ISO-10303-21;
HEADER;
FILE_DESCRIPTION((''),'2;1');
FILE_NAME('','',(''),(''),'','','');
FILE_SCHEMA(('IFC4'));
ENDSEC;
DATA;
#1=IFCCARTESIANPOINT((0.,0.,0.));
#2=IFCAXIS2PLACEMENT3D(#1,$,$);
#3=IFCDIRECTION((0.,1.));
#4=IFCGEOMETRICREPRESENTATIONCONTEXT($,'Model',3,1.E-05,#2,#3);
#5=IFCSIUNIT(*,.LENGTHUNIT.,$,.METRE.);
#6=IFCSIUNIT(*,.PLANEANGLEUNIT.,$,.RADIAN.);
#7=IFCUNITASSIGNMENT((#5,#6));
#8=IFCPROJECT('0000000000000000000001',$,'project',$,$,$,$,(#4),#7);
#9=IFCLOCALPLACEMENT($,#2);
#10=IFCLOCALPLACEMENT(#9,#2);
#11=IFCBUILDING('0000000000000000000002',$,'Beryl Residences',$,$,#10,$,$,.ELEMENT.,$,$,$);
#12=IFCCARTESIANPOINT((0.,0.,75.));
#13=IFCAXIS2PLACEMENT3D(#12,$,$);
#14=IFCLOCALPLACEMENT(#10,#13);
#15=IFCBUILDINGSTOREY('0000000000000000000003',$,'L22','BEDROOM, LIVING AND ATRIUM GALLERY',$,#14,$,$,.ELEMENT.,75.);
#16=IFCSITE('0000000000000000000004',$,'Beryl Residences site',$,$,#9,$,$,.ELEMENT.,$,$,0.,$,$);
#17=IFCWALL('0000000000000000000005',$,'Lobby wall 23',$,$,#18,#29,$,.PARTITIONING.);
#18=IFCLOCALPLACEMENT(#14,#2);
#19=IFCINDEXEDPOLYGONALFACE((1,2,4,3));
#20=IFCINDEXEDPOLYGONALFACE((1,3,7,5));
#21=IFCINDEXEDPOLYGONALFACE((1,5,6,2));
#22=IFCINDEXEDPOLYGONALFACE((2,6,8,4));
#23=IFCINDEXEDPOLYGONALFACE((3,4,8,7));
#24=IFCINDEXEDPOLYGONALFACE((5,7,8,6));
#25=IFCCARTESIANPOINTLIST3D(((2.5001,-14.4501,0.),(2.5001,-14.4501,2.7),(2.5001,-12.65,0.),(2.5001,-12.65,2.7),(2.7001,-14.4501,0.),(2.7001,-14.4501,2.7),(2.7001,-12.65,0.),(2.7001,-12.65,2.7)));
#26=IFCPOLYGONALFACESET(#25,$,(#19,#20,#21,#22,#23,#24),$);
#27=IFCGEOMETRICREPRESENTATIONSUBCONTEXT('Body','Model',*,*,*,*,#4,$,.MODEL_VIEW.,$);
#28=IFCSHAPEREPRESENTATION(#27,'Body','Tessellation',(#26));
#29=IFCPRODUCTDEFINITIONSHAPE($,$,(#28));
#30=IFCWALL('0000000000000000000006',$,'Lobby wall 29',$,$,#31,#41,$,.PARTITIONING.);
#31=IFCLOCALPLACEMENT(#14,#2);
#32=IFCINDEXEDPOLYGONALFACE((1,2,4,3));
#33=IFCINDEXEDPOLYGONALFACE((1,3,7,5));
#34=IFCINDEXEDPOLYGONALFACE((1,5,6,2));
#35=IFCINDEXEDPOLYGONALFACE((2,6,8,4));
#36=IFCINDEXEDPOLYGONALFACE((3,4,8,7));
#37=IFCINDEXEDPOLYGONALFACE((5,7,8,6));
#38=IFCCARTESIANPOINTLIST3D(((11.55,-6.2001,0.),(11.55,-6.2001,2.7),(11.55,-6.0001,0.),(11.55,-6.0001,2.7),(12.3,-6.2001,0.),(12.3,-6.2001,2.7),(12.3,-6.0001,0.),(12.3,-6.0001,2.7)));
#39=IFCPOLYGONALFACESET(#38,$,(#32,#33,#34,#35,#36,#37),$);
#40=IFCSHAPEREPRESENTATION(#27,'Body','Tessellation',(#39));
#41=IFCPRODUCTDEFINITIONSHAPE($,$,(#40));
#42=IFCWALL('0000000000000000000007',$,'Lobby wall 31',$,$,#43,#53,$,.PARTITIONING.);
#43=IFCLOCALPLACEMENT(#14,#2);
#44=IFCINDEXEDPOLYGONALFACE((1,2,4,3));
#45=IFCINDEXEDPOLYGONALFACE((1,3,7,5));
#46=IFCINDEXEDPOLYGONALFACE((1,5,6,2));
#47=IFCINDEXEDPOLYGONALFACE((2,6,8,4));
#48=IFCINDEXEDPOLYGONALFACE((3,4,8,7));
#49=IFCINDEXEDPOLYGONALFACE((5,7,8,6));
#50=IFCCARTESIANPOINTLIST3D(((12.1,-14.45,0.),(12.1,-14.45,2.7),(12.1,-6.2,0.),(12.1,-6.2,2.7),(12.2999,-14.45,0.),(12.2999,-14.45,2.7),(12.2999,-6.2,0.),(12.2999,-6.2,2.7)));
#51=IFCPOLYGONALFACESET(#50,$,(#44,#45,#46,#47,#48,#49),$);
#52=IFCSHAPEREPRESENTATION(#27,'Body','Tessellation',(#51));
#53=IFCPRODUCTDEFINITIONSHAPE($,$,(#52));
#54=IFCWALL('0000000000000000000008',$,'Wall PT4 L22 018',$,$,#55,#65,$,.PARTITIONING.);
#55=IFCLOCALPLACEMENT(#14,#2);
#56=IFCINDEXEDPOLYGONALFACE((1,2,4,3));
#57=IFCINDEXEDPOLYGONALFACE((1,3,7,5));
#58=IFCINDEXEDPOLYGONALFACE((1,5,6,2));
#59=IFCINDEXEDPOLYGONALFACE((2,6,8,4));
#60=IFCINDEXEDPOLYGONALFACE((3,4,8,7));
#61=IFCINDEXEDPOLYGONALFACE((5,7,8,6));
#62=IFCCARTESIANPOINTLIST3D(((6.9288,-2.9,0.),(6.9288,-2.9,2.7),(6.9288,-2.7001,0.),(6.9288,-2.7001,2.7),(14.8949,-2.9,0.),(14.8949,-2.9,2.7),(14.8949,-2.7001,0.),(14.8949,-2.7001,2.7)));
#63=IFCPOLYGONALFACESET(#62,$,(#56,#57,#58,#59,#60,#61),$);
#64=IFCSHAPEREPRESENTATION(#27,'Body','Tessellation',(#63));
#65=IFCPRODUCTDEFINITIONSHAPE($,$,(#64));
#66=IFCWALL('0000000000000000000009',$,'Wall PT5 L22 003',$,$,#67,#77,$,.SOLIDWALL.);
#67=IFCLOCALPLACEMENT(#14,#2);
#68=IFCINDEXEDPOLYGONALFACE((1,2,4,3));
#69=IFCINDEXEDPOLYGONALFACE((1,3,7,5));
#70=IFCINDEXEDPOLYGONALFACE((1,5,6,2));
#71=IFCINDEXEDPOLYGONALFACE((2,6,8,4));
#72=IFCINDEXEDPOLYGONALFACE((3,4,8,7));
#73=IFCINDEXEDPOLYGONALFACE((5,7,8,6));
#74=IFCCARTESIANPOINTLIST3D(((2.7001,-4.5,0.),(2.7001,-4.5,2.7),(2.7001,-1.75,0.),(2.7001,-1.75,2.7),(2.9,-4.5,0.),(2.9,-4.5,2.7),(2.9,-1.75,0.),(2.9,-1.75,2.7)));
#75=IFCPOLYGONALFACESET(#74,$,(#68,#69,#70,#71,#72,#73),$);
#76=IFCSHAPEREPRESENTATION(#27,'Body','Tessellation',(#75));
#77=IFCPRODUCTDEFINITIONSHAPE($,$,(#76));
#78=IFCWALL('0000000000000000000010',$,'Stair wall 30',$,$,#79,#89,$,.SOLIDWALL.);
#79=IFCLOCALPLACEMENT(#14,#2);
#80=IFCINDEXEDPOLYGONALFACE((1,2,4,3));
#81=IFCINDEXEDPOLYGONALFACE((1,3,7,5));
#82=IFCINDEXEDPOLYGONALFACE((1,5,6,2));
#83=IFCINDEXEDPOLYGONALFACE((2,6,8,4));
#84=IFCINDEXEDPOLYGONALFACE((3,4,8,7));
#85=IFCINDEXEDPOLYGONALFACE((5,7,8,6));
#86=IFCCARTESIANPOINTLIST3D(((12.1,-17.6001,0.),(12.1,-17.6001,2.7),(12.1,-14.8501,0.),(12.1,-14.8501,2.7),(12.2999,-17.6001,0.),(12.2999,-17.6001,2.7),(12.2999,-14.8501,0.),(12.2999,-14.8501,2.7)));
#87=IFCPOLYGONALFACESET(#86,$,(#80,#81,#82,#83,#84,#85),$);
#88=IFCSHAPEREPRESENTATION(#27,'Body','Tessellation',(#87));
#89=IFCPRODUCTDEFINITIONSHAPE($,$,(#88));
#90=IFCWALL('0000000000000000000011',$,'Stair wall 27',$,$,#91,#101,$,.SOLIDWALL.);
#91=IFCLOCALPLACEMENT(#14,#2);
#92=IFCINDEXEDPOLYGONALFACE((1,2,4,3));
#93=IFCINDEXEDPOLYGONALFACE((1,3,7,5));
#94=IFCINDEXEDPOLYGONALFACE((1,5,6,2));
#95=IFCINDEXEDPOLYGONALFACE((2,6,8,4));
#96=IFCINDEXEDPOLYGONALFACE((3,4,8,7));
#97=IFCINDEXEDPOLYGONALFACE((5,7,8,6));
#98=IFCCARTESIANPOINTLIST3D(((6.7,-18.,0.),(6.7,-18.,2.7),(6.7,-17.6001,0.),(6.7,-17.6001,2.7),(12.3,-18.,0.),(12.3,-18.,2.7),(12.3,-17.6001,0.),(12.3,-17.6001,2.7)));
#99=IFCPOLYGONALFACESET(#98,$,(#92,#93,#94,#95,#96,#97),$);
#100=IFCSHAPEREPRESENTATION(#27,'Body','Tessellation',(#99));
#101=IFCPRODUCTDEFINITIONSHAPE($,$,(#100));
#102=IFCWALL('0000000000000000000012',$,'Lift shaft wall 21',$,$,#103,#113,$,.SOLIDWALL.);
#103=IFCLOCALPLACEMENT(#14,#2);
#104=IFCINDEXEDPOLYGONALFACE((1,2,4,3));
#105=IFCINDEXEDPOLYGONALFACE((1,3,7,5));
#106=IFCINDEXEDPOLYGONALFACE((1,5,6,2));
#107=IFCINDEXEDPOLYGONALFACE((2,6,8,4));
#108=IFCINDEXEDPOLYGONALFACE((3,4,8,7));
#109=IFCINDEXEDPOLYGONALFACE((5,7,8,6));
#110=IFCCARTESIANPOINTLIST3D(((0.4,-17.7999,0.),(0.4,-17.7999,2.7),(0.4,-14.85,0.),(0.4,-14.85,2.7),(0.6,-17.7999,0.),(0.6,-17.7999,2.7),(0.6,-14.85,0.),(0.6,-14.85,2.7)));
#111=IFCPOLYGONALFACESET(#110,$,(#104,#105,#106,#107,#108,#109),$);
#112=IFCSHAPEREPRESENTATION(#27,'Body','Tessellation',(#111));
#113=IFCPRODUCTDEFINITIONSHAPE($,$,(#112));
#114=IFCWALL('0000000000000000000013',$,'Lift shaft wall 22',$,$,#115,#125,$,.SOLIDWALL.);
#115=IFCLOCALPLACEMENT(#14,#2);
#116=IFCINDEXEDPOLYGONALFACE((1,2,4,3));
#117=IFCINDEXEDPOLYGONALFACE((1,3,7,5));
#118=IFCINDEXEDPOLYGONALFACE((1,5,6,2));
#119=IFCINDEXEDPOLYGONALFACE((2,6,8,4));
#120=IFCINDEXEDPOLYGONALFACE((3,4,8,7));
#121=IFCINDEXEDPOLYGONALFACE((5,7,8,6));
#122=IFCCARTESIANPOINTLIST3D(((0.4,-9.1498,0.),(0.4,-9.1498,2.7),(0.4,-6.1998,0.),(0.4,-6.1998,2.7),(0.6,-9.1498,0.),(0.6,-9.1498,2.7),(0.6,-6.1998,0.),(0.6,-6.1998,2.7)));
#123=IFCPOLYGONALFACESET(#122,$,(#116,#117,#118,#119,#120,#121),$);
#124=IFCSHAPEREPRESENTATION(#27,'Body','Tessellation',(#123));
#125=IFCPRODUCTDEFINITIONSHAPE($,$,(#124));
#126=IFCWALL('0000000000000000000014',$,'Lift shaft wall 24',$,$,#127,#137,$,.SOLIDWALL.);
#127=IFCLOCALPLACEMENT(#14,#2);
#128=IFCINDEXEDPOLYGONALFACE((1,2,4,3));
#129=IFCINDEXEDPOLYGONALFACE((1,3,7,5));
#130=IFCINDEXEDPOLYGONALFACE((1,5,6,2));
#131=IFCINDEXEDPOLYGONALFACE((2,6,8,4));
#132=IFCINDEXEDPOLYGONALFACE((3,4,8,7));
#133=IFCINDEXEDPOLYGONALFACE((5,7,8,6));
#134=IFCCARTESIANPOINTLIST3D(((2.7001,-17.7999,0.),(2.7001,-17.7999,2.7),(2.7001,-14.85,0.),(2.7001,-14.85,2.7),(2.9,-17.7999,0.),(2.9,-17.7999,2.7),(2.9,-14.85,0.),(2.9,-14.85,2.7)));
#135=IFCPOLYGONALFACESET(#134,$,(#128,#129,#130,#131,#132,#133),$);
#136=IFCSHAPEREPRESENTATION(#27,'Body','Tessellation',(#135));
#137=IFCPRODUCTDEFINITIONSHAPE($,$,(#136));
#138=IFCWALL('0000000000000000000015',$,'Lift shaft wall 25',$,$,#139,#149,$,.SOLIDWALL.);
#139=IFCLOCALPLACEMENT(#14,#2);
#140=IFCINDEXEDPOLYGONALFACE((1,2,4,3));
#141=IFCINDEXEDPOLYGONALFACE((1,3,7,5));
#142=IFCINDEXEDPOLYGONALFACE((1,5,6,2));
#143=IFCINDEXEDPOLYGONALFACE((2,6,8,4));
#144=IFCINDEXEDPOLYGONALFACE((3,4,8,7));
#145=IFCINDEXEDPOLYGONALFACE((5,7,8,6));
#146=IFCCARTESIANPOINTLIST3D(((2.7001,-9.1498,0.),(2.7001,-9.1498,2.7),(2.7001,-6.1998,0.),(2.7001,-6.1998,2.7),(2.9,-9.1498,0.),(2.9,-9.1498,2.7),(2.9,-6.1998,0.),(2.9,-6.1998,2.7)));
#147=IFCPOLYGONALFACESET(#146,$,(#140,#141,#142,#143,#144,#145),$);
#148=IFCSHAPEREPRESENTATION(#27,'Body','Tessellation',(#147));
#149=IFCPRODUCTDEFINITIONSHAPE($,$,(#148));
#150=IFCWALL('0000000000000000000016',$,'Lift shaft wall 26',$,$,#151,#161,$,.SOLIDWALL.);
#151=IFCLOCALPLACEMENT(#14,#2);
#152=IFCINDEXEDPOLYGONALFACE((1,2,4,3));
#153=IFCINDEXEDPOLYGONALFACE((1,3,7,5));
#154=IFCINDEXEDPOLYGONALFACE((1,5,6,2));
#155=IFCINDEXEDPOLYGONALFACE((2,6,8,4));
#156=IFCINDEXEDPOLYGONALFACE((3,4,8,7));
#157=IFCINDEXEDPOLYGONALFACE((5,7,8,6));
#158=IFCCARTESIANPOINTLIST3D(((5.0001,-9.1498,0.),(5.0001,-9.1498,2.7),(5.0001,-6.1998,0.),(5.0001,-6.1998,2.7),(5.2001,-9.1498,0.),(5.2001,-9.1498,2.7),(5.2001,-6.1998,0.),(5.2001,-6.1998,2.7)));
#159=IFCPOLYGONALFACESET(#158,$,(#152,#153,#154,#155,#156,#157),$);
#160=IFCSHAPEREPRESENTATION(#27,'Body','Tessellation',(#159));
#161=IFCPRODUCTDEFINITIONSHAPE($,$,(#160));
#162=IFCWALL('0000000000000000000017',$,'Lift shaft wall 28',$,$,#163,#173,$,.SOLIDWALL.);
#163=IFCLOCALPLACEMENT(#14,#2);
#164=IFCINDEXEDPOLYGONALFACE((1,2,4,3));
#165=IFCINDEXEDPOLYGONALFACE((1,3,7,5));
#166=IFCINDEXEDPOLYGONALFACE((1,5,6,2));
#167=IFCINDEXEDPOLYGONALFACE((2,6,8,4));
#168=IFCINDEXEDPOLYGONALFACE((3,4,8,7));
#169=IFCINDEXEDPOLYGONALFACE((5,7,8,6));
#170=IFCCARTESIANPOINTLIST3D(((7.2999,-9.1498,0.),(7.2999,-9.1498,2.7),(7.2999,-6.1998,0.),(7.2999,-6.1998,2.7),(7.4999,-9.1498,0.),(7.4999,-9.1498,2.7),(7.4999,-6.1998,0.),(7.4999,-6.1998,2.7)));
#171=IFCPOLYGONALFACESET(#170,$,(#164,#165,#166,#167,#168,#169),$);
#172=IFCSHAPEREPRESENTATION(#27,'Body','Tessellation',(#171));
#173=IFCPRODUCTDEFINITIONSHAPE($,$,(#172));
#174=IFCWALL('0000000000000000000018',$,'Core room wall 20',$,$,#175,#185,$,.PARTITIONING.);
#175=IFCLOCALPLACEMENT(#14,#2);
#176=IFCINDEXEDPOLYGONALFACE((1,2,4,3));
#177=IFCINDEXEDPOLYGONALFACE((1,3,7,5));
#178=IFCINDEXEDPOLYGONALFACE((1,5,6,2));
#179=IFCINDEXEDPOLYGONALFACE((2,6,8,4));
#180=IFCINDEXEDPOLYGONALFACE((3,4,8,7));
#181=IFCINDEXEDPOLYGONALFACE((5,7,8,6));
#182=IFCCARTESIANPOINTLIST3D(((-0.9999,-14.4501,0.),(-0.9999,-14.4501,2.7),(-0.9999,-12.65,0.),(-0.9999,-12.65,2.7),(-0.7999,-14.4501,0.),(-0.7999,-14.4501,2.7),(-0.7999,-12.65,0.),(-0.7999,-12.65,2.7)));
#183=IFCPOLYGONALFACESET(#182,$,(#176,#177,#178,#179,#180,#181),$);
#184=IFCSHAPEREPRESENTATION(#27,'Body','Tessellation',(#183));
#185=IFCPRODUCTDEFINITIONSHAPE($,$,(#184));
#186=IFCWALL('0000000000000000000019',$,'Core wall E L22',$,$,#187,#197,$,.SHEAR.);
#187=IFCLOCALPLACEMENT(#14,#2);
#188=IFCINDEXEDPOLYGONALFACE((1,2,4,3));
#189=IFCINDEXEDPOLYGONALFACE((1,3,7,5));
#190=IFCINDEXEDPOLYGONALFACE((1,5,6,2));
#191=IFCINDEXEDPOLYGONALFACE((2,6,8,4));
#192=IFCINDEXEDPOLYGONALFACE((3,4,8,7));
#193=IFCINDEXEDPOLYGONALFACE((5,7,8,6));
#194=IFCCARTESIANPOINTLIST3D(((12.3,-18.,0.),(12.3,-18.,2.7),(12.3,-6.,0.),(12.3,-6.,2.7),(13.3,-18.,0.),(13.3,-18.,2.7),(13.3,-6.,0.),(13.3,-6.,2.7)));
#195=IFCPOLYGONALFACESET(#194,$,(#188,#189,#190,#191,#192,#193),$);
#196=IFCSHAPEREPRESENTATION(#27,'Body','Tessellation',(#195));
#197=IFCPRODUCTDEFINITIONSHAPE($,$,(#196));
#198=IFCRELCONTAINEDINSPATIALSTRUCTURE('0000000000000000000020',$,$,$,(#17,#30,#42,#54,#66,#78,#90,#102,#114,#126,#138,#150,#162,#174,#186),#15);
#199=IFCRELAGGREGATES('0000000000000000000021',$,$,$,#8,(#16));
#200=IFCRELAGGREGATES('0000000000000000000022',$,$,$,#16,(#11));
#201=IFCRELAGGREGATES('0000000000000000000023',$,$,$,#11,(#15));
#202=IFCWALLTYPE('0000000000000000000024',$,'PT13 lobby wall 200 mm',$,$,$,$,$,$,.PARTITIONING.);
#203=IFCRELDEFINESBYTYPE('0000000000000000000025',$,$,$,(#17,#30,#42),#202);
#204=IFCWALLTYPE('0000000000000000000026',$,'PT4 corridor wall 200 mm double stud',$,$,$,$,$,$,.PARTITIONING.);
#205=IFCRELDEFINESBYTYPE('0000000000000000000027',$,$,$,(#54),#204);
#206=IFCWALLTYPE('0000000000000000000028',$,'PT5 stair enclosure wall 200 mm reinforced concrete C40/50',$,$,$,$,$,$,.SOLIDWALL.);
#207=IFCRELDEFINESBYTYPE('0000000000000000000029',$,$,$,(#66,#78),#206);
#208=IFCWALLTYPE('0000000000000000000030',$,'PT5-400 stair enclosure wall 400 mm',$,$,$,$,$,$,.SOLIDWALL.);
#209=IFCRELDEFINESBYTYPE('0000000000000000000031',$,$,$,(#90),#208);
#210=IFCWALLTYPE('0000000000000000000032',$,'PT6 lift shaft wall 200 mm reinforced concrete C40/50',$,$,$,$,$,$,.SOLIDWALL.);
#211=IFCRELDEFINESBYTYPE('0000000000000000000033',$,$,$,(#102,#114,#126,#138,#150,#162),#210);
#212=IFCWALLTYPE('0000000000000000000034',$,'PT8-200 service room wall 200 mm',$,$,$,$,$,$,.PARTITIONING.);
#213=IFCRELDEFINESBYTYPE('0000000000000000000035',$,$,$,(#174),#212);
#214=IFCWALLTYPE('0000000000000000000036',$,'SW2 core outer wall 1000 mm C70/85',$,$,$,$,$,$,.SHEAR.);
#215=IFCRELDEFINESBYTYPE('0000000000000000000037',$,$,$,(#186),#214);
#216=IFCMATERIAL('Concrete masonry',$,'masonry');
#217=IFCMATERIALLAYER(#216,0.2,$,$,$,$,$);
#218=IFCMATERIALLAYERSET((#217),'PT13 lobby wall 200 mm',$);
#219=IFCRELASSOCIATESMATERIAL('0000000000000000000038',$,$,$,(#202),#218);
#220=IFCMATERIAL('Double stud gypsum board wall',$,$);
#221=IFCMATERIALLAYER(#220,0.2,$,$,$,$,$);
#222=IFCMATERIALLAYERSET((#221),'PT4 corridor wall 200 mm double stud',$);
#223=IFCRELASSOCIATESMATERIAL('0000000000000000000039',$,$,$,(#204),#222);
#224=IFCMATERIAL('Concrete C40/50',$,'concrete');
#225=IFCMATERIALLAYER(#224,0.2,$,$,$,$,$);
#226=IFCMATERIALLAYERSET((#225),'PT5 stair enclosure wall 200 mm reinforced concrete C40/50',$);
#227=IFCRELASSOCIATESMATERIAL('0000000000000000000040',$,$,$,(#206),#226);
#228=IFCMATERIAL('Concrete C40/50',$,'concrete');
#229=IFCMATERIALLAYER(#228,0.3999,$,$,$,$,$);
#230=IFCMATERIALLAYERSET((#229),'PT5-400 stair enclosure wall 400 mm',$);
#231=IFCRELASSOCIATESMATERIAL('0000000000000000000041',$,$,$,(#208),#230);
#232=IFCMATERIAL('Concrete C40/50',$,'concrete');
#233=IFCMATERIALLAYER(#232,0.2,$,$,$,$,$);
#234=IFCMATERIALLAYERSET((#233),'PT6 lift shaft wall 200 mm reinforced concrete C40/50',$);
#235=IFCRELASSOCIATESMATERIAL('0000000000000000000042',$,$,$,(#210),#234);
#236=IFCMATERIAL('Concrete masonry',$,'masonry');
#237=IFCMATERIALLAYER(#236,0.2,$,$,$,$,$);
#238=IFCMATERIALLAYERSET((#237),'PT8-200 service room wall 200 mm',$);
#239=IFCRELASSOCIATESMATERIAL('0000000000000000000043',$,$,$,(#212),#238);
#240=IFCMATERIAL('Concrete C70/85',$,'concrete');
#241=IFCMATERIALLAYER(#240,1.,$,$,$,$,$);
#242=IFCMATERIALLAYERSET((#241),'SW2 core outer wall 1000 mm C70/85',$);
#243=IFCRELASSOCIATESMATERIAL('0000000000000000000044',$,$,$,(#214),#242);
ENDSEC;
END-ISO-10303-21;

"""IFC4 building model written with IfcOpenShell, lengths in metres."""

from ifc_helpers import new_model, si_unit, direction, frame, frame_2d, origin, place, context, subcontext, project, spatial, rectangle, extrude, material, layer, layer_set, type_object, element, save


model = new_model("IFC4")

# Units and contexts
model_context = context("Model", 3, precision=1e-05, world=origin(), true_north=direction((0.0, 1.0)))
body_context = subcontext(model_context, "Body", "Model", "MODEL_VIEW")
ifc_project = project(units=[si_unit("LENGTHUNIT", "METRE"), si_unit("PLANEANGLEUNIT", "RADIAN")], contexts=[model_context])

# Site, building, storey
site_placement = place(None, origin())
site = spatial("IfcSite", under=ifc_project, at=site_placement, Name="Beryl Residences site", CompositionType="ELEMENT", RefElevation=0.0)
building_placement = place(site_placement, origin())
building = spatial("IfcBuilding", under=site, at=building_placement, Name="Beryl Residences", CompositionType="ELEMENT")
storey_placement = place(building_placement, frame((0.0, 0.0, 75.0)))
storey = spatial("IfcBuildingStorey", under=building, at=storey_placement, Name="L22", Description="BEDROOM, LIVING AND ATRIUM GALLERY", CompositionType="ELEMENT", Elevation=75.0)

# Walls
ifc_material_1 = material(Name="Concrete masonry", Category="masonry")
ifc_layer_1 = layer(ifc_material_1, 0.2)
ifc_layer_set_1 = layer_set([ifc_layer_1], Name="PT13 lobby wall 200 mm")
wall_type_1 = type_object("IfcWallType", Name="PT13 lobby wall 200 mm", PredefinedType="PARTITIONING", material=ifc_layer_set_1)
wall_1_placement = place(storey_placement, frame((2.6001, -14.45, 0.0), z_axis=(0.0, 0.0, 1.0), x_axis=(0.0, 1.0, 0.0)))
element("IfcWall", 1, at=wall_1_placement, inside=storey, type_object=wall_type_1, Name="Lobby wall 23", PredefinedType="PARTITIONING", context=body_context, shape_type="SweptSolid", body=[
    extrude(rectangle(XDim=1.8, YDim=0.2, at=frame_2d((0.8999, 0.0))), origin(), (0.0, 0.0, 1.0), 2.7),
])
wall_2_placement = place(storey_placement, frame((11.55, -6.1001, 0.0), z_axis=(0.0, 0.0, 1.0), x_axis=(1.0, 0.0, 0.0)))
element("IfcWall", 2, at=wall_2_placement, inside=storey, type_object=wall_type_1, Name="Lobby wall 29", PredefinedType="PARTITIONING", context=body_context, shape_type="SweptSolid", body=[
    extrude(rectangle(XDim=0.75, YDim=0.2, at=frame_2d((0.375, 0.0))), origin(), (0.0, 0.0, 1.0), 2.7),
])
wall_3_placement = place(storey_placement, frame((12.2, -14.45, 0.0), z_axis=(0.0, 0.0, 1.0), x_axis=(0.0, 1.0, 0.0)))
element("IfcWall", 3, at=wall_3_placement, inside=storey, type_object=wall_type_1, Name="Lobby wall 31", PredefinedType="PARTITIONING", context=body_context, shape_type="SweptSolid", body=[
    extrude(rectangle(XDim=8.25, YDim=0.2, at=frame_2d((4.125, 0.0))), origin(), (0.0, 0.0, 1.0), 2.7),
])
ifc_material_2 = material(Name="Double stud gypsum board wall")
ifc_layer_2 = layer(ifc_material_2, 0.2)
ifc_layer_set_2 = layer_set([ifc_layer_2], Name="PT4 corridor wall 200 mm double stud")
wall_type_2 = type_object("IfcWallType", Name="PT4 corridor wall 200 mm double stud", PredefinedType="PARTITIONING", material=ifc_layer_set_2)
wall_4_placement = place(storey_placement, frame((6.929, -2.8, 0.0), z_axis=(0.0, 0.0, 1.0), x_axis=(1.0, 0.0, 0.0)))
element("IfcWall", 4, at=wall_4_placement, inside=storey, type_object=wall_type_2, Name="Wall PT4 L22 018", PredefinedType="PARTITIONING", context=body_context, shape_type="SweptSolid", body=[
    extrude(rectangle(XDim=7.9661, YDim=0.2, at=frame_2d((3.9829, 0.0))), origin(), (0.0, 0.0, 1.0), 2.7),
])
ifc_material_3 = material(Name="Concrete C40/50", Category="concrete")
ifc_layer_3 = layer(ifc_material_3, 0.2)
ifc_layer_set_3 = layer_set([ifc_layer_3], Name="PT5 stair enclosure wall 200 mm reinforced concrete C40/50")
wall_type_3 = type_object("IfcWallType", Name="PT5 stair enclosure wall 200 mm reinforced concrete C40/50", PredefinedType="SOLIDWALL", material=ifc_layer_set_3)
for number, where, z_axis, x_axis, name in (
    (5, (2.8, -4.5, 0.0), (0.0, 0.0, 1.0), (0.0, 1.0, 0.0), "Wall PT5 L22 003"),
    (6, (12.2, -17.6001, 0.0), (0.0, 0.0, 1.0), (0.0, 1.0, 0.0), "Stair wall 30"),
):
    element("IfcWall", number, at=place(storey_placement, frame(where, z_axis=z_axis, x_axis=x_axis)), inside=storey, type_object=wall_type_3, Name=name, PredefinedType="SOLIDWALL", context=body_context, shape_type="SweptSolid", body=[
        extrude(rectangle(XDim=2.75, YDim=0.2, at=frame_2d((1.375, 0.0))), origin(), (0.0, 0.0, 1.0), 2.7),
    ])
ifc_material_4 = material(Name="Concrete C40/50", Category="concrete")
ifc_layer_4 = layer(ifc_material_4, 0.3999)
ifc_layer_set_4 = layer_set([ifc_layer_4], Name="PT5-400 stair enclosure wall 400 mm")
wall_type_4 = type_object("IfcWallType", Name="PT5-400 stair enclosure wall 400 mm", PredefinedType="SOLIDWALL", material=ifc_layer_set_4)
wall_5_placement = place(storey_placement, frame((6.7, -17.8, 0.0), z_axis=(0.0, 0.0, 1.0), x_axis=(1.0, 0.0, 0.0)))
element("IfcWall", 7, at=wall_5_placement, inside=storey, type_object=wall_type_4, Name="Stair wall 27", PredefinedType="SOLIDWALL", context=body_context, shape_type="SweptSolid", body=[
    extrude(rectangle(XDim=5.6001, YDim=0.3999, at=frame_2d((2.8, 0.0))), origin(), (0.0, 0.0, 1.0), 2.7),
])
ifc_material_5 = material(Name="Concrete C40/50", Category="concrete")
ifc_layer_5 = layer(ifc_material_5, 0.2)
ifc_layer_set_5 = layer_set([ifc_layer_5], Name="PT6 lift shaft wall 200 mm reinforced concrete C40/50")
wall_type_5 = type_object("IfcWallType", Name="PT6 lift shaft wall 200 mm reinforced concrete C40/50", PredefinedType="SOLIDWALL", material=ifc_layer_set_5)
for number, where, z_axis, x_axis, name in (
    (8, (0.5, -17.8, 0.0), (0.0, 0.0, 1.0), (0.0, 1.0, 0.0), "Lift shaft wall 21"),
    (9, (0.5, -9.1499, 0.0), (0.0, 0.0, 1.0), (0.0, 1.0, 0.0), "Lift shaft wall 22"),
    (10, (2.8, -17.8, 0.0), (0.0, 0.0, 1.0), (0.0, 1.0, 0.0), "Lift shaft wall 24"),
    (11, (2.8, -9.1499, 0.0), (0.0, 0.0, 1.0), (0.0, 1.0, 0.0), "Lift shaft wall 25"),
    (12, (5.1001, -9.1499, 0.0), (0.0, 0.0, 1.0), (0.0, 1.0, 0.0), "Lift shaft wall 26"),
    (13, (7.3999, -9.1499, 0.0), (0.0, 0.0, 1.0), (0.0, 1.0, 0.0), "Lift shaft wall 28"),
):
    element("IfcWall", number, at=place(storey_placement, frame(where, z_axis=z_axis, x_axis=x_axis)), inside=storey, type_object=wall_type_5, Name=name, PredefinedType="SOLIDWALL", context=body_context, shape_type="SweptSolid", body=[
        extrude(rectangle(XDim=2.95, YDim=0.2, at=frame_2d((1.4751, 0.0))), origin(), (0.0, 0.0, 1.0), 2.7),
    ])
ifc_material_6 = material(Name="Concrete masonry", Category="masonry")
ifc_layer_6 = layer(ifc_material_6, 0.2)
ifc_layer_set_6 = layer_set([ifc_layer_6], Name="PT8-200 service room wall 200 mm")
wall_type_6 = type_object("IfcWallType", Name="PT8-200 service room wall 200 mm", PredefinedType="PARTITIONING", material=ifc_layer_set_6)
wall_6_placement = place(storey_placement, frame((-0.8999, -14.45, 0.0), z_axis=(0.0, 0.0, 1.0), x_axis=(0.0, 1.0, 0.0)))
element("IfcWall", 14, at=wall_6_placement, inside=storey, type_object=wall_type_6, Name="Core room wall 20", PredefinedType="PARTITIONING", context=body_context, shape_type="SweptSolid", body=[
    extrude(rectangle(XDim=1.8, YDim=0.2, at=frame_2d((0.8999, 0.0))), origin(), (0.0, 0.0, 1.0), 2.7),
])
ifc_material_7 = material(Name="Concrete C70/85", Category="concrete")
ifc_layer_7 = layer(ifc_material_7, 1.0)
ifc_layer_set_7 = layer_set([ifc_layer_7], Name="SW2 core outer wall 1000 mm C70/85")
wall_type_7 = type_object("IfcWallType", Name="SW2 core outer wall 1000 mm C70/85", PredefinedType="SHEAR", material=ifc_layer_set_7)
wall_7_placement = place(storey_placement, frame((12.8, -18.0, 0.0), z_axis=(0.0, 0.0, 1.0), x_axis=(0.0, 1.0, 0.0)))
element("IfcWall", 15, at=wall_7_placement, inside=storey, type_object=wall_type_7, Name="Core wall E L22", PredefinedType="SHEAR", context=body_context, shape_type="SweptSolid", body=[
    extrude(rectangle(XDim=12.0, YDim=1.0, at=frame_2d((6.0, 0.0))), origin(), (0.0, 0.0, 1.0), 2.7),
])

save(model, "model.ifc")
